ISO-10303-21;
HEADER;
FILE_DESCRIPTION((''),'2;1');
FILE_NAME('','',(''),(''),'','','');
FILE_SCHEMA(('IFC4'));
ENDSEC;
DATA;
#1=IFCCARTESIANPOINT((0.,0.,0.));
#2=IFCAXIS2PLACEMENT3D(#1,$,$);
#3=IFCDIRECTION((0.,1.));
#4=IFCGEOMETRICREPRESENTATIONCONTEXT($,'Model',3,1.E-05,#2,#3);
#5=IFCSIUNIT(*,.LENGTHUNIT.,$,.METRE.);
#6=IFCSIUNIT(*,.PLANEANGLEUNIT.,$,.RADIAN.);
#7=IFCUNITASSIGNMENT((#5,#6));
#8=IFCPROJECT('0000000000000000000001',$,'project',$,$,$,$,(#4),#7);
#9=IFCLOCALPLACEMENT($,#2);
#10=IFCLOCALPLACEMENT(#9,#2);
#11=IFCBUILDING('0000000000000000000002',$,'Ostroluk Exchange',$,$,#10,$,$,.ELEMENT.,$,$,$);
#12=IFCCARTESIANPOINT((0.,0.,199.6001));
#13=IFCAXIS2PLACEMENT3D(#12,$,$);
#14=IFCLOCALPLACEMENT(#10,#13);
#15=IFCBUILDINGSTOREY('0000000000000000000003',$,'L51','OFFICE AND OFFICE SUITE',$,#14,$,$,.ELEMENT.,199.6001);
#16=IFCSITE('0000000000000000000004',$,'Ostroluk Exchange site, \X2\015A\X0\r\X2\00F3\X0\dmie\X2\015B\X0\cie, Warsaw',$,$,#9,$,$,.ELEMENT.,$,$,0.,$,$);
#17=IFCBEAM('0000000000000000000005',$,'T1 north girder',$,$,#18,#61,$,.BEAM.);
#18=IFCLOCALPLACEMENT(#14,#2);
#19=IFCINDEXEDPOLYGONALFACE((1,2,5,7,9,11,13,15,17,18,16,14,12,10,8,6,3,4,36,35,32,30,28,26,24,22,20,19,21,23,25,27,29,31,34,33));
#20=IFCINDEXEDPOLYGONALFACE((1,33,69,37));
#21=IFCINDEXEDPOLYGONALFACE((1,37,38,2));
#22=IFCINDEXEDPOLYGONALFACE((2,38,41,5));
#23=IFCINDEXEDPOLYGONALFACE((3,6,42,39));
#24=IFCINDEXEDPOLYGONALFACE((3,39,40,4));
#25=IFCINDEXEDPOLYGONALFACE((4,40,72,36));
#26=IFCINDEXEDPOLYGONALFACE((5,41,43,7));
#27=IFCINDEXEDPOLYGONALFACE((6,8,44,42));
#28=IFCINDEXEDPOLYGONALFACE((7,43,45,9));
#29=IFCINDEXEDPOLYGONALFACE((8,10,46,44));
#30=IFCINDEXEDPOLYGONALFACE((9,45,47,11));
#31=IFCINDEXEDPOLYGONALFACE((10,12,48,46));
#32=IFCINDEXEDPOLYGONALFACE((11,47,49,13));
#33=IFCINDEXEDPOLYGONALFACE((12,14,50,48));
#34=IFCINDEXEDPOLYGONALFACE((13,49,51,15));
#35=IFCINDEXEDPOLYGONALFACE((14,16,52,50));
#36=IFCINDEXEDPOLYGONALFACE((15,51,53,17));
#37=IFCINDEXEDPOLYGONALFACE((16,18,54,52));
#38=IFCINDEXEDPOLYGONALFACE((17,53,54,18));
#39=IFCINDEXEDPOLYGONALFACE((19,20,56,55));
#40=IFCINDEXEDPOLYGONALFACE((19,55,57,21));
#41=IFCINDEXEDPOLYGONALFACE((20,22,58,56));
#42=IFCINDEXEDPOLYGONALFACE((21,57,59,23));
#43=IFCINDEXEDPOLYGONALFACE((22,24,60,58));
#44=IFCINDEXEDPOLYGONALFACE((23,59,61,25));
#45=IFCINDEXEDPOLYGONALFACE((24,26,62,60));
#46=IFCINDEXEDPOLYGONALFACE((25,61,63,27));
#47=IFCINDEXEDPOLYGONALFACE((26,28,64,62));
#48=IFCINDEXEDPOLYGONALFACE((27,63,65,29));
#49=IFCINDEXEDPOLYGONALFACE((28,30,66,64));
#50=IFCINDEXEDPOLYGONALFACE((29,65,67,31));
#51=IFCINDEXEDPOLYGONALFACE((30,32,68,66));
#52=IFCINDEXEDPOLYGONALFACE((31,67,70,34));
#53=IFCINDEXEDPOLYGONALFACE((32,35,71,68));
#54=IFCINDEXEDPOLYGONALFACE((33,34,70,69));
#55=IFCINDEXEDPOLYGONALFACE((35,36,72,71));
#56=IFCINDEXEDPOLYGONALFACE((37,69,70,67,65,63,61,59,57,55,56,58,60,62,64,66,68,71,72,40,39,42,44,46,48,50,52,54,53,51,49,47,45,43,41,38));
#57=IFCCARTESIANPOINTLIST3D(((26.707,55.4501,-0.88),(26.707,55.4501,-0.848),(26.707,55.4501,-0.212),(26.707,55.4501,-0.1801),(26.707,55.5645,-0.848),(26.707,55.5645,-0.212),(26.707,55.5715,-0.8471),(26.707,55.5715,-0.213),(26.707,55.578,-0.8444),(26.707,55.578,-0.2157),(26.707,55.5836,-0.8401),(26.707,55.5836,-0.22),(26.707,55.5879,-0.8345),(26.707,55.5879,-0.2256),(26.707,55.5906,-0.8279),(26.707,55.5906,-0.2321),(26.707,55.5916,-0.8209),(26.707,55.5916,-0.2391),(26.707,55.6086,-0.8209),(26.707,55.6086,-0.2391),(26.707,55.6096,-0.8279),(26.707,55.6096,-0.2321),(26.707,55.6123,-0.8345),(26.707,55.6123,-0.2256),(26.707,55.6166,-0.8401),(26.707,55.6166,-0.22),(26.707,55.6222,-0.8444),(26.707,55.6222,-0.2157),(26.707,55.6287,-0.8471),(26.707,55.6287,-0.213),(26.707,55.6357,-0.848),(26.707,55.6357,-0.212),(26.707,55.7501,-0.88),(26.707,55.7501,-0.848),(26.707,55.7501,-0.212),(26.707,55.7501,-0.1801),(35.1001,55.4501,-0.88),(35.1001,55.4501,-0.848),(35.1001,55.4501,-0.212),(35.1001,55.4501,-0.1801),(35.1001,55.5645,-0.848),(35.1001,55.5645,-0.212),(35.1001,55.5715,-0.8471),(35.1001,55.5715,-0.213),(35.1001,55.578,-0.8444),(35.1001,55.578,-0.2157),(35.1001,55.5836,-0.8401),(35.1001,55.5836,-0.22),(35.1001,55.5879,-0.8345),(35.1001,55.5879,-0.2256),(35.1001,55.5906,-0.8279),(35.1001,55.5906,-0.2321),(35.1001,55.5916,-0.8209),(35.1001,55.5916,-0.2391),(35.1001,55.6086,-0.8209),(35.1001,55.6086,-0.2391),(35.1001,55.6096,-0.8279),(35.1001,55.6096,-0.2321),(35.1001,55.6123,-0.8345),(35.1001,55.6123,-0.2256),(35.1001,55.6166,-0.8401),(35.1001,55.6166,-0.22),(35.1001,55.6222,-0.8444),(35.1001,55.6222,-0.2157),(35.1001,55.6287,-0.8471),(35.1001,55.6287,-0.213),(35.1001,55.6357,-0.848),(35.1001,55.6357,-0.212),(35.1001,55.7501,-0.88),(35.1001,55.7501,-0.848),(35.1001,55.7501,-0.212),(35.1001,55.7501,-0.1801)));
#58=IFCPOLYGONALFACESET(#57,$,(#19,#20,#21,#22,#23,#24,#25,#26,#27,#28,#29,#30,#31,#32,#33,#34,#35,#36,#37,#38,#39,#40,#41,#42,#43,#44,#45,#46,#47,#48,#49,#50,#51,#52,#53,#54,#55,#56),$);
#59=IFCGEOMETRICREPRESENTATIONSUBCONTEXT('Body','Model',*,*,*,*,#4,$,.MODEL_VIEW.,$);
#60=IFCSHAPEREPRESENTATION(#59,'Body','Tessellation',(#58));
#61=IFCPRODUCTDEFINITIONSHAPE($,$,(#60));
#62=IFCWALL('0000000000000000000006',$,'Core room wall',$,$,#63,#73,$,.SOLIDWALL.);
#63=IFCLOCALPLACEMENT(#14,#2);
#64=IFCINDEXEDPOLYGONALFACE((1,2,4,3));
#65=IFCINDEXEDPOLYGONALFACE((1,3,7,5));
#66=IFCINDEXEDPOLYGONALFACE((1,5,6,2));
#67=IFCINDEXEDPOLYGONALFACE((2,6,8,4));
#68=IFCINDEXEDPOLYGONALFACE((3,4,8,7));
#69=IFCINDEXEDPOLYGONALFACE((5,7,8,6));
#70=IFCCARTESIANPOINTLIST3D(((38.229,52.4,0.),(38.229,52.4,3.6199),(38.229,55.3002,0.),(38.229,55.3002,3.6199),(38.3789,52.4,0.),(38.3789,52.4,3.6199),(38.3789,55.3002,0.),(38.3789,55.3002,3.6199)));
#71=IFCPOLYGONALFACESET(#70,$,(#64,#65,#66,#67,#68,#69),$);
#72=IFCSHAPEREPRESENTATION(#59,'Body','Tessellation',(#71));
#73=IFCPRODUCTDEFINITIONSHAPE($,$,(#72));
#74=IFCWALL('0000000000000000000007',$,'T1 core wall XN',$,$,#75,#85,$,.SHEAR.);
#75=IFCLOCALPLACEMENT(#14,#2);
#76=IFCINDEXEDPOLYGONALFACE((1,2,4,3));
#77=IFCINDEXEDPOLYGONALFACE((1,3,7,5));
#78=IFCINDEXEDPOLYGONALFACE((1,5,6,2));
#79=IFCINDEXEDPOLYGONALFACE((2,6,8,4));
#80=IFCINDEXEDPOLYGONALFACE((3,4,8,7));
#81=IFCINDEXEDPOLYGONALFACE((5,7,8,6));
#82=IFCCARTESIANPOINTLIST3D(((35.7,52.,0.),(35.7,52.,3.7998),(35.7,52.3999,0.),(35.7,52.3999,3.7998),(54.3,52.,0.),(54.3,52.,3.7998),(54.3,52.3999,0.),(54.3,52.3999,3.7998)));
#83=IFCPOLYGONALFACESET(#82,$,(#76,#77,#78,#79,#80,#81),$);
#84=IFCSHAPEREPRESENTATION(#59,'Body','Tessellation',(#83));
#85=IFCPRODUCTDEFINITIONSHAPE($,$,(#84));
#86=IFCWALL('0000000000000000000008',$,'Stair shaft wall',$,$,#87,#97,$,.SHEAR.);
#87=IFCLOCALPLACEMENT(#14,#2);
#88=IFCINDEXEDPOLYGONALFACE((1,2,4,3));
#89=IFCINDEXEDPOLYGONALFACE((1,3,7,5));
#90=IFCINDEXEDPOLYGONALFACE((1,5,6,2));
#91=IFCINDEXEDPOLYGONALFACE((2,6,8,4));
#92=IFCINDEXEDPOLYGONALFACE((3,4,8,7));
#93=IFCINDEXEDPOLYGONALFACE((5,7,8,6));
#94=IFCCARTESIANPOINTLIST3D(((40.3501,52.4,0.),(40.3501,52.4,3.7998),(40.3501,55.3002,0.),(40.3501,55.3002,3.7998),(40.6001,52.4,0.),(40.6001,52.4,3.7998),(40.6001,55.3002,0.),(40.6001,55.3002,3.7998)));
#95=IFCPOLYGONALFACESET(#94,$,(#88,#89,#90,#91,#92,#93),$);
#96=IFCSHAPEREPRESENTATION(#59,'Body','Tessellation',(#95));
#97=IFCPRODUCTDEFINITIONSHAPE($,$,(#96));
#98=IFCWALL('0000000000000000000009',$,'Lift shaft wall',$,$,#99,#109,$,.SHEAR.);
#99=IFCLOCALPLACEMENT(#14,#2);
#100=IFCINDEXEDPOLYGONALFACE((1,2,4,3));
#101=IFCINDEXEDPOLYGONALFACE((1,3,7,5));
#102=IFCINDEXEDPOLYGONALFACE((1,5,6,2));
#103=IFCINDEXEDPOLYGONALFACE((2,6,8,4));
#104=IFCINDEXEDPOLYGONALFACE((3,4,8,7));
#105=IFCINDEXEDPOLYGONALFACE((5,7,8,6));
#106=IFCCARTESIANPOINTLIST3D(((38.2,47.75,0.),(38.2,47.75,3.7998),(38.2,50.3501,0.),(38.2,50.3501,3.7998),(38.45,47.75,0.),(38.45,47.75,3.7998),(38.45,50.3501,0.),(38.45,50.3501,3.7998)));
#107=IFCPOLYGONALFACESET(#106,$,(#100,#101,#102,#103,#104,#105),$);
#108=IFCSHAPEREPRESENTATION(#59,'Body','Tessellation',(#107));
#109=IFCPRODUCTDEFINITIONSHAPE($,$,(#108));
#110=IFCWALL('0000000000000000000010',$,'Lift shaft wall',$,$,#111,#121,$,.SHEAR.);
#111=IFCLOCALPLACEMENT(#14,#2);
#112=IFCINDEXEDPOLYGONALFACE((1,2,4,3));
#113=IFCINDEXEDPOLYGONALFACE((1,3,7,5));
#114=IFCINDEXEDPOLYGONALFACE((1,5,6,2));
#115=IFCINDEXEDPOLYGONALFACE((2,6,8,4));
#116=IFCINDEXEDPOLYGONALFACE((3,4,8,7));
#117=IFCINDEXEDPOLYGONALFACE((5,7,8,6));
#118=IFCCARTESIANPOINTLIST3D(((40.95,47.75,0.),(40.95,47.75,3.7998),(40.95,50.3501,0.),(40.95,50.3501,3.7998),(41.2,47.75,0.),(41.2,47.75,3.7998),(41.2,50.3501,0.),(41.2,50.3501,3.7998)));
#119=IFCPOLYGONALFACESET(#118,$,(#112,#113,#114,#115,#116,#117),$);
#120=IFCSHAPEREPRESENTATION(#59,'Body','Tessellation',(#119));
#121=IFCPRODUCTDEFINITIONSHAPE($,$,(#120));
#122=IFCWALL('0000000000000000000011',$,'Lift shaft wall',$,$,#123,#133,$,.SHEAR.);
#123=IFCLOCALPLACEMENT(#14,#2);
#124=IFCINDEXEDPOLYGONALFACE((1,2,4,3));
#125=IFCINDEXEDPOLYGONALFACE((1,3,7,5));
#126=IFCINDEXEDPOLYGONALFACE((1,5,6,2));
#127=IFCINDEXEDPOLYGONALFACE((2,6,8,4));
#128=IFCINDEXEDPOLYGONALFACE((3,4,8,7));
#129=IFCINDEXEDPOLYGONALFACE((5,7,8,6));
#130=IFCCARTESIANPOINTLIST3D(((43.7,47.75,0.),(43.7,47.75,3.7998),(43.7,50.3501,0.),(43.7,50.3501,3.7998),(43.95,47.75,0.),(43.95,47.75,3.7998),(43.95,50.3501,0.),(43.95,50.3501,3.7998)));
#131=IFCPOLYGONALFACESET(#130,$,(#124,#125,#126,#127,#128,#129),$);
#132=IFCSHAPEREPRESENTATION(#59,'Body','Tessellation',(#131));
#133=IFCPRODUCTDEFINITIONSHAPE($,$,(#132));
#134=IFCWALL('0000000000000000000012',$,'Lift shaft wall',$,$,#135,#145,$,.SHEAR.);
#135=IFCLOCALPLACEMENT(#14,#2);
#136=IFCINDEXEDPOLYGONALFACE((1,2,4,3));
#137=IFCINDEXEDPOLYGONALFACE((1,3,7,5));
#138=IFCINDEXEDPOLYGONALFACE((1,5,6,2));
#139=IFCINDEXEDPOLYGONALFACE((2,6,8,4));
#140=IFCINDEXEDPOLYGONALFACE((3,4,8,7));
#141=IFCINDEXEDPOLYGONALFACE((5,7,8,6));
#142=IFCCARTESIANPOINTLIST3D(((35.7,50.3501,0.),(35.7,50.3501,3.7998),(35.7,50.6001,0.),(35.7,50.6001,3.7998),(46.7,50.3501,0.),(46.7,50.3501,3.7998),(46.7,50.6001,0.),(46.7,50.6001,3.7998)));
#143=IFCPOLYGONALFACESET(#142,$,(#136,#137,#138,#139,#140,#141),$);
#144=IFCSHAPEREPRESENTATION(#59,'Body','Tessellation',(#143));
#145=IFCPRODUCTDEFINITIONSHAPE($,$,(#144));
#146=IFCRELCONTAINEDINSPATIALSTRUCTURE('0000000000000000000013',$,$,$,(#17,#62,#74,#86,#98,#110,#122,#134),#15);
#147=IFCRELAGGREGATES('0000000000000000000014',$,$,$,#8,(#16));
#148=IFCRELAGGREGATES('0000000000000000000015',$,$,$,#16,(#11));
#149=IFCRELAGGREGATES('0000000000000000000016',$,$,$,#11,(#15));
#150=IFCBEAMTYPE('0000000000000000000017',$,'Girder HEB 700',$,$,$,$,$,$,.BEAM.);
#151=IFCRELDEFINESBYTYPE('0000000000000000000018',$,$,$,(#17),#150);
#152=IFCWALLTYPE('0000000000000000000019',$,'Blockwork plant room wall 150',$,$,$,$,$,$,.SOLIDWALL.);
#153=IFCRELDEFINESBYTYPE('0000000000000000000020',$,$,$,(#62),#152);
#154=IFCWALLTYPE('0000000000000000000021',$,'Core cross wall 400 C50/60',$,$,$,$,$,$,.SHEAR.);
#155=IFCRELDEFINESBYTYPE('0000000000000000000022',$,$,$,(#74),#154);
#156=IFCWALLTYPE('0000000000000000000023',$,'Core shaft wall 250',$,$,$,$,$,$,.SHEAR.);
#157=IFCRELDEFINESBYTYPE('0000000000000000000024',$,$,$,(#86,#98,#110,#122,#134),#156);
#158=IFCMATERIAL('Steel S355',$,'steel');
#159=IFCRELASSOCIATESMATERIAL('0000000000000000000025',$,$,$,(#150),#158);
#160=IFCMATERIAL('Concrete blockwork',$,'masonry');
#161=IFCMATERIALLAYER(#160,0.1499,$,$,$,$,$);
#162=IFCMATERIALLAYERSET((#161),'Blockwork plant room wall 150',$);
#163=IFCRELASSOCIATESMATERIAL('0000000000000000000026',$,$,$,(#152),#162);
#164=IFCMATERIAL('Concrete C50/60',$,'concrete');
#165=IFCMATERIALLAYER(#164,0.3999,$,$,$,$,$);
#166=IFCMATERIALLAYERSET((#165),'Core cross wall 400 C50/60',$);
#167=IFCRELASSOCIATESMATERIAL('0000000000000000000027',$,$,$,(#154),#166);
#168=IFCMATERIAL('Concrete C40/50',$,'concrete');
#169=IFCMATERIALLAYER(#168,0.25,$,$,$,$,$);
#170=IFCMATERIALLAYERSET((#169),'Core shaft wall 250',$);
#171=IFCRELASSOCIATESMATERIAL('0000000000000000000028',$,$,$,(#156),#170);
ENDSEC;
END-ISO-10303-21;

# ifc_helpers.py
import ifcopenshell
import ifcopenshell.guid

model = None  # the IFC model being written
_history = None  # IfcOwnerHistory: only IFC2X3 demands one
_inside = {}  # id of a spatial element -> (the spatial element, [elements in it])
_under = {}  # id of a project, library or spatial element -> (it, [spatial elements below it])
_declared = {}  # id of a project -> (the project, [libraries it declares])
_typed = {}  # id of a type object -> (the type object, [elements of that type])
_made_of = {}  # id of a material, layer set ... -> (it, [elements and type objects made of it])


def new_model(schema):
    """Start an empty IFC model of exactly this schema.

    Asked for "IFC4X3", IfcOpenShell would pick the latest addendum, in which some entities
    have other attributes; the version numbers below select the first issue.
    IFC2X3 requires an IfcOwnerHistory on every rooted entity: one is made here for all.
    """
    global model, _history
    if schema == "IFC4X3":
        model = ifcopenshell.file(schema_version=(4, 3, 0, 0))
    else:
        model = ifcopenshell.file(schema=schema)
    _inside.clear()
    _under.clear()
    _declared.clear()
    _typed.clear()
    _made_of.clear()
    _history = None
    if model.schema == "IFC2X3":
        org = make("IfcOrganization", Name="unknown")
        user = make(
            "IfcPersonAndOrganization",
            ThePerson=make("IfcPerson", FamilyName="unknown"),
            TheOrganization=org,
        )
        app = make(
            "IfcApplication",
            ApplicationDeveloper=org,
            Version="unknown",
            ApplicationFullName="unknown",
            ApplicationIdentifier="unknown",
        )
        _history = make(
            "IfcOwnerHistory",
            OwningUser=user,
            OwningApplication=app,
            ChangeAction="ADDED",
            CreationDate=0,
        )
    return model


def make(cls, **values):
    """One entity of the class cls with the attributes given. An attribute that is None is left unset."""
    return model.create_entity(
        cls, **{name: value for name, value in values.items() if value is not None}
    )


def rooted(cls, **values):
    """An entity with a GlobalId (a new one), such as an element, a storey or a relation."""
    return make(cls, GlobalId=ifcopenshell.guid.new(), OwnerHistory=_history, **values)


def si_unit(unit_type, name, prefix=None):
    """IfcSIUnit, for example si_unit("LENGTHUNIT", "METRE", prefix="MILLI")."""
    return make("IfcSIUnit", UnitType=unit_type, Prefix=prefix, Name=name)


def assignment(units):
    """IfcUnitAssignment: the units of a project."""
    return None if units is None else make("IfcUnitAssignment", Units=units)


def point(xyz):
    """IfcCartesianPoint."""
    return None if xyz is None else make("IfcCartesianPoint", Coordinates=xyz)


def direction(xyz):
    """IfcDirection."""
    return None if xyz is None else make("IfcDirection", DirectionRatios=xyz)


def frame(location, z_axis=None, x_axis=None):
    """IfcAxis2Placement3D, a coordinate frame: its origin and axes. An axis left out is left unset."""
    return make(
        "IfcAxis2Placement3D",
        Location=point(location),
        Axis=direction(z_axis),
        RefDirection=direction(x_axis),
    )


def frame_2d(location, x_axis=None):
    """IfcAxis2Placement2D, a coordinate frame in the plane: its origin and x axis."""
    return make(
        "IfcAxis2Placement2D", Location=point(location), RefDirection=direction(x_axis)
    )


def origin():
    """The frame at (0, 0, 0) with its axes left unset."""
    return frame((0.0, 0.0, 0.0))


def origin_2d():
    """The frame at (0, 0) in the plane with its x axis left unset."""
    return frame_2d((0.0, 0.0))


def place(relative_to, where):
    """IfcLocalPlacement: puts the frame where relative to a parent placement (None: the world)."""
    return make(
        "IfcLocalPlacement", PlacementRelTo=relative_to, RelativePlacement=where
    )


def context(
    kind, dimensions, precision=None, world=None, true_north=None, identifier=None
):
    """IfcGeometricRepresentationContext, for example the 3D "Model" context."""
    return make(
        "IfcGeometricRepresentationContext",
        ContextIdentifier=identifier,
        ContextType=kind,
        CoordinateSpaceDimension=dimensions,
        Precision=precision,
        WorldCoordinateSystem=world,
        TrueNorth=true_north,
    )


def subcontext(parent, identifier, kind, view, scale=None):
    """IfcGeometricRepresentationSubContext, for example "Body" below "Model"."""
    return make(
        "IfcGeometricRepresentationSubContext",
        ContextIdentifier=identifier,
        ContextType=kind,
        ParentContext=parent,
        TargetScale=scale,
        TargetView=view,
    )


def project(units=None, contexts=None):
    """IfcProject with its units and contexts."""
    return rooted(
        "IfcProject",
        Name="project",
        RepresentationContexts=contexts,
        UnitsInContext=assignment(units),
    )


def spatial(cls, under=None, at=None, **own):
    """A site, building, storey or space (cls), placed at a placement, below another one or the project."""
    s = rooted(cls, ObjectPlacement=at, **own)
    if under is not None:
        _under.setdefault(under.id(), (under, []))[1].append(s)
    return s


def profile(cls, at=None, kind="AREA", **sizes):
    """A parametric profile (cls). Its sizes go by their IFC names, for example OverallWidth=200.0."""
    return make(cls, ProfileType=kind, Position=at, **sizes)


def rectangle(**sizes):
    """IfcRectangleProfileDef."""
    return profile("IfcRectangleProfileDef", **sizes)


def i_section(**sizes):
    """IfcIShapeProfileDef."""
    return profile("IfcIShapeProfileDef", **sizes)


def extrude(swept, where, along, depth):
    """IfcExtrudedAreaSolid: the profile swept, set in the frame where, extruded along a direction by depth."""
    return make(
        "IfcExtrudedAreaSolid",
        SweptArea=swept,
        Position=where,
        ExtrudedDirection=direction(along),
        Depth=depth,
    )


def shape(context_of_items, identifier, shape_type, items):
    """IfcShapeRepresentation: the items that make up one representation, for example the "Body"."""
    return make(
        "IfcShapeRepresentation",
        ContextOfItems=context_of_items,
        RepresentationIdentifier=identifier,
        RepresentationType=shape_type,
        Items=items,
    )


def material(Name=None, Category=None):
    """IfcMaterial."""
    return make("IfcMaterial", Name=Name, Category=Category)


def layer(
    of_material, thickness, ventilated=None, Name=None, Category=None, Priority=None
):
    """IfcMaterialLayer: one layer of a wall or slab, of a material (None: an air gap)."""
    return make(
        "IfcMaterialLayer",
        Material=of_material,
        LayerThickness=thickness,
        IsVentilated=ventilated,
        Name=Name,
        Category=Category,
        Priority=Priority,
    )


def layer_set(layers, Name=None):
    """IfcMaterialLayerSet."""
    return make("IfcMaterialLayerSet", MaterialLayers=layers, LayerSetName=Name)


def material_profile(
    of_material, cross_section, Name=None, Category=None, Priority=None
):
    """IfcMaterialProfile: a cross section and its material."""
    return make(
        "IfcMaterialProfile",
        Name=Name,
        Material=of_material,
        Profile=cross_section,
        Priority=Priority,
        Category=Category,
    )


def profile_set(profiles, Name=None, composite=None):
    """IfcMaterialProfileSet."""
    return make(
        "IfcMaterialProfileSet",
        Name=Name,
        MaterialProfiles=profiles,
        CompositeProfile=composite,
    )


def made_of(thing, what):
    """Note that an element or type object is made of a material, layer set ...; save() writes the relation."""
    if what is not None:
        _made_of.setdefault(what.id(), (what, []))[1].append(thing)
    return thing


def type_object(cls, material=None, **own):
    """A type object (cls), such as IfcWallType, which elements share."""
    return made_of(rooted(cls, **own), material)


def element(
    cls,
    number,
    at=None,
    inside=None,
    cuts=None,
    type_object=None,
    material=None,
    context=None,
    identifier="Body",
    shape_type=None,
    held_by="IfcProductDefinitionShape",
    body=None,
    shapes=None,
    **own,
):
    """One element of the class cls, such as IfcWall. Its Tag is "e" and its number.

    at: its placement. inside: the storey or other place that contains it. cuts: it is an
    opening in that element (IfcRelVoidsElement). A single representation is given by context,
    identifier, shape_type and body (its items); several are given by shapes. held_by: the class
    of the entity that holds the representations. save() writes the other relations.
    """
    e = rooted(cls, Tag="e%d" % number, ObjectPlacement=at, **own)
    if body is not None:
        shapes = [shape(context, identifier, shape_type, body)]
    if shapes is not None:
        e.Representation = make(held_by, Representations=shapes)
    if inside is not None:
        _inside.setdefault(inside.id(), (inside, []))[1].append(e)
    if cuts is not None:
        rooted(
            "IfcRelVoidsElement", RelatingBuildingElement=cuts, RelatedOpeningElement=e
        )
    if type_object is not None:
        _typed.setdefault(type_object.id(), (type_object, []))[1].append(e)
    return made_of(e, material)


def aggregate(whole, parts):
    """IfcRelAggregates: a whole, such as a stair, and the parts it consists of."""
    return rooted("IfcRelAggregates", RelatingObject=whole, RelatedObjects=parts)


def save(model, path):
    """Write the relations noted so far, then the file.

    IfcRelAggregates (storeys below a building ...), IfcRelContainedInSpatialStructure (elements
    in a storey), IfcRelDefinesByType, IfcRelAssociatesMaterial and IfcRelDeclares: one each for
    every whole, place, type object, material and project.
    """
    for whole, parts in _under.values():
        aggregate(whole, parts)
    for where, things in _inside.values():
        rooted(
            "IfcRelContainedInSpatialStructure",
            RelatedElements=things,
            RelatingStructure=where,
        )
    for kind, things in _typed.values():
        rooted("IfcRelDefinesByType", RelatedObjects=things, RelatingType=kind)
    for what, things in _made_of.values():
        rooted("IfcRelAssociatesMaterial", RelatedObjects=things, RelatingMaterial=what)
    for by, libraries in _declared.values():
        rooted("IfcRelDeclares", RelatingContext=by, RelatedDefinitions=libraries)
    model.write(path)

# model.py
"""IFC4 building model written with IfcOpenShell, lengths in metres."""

from ifc_helpers import new_model, si_unit, direction, frame, frame_2d, origin, origin_2d, place, context, subcontext, project, spatial, rectangle, i_section, extrude, material, layer, layer_set, material_profile, profile_set, type_object, element, save


model = new_model("IFC4")

# Units and contexts
model_context = context("Model", 3, precision=1e-05, world=origin(), true_north=direction((0.0, 1.0)))
body_context = subcontext(model_context, "Body", "Model", "MODEL_VIEW")
ifc_project = project(units=[si_unit("LENGTHUNIT", "METRE"), si_unit("PLANEANGLEUNIT", "RADIAN")], contexts=[model_context])

# Site, building, storey
site_placement = place(None, origin())
site = spatial("IfcSite", under=ifc_project, at=site_placement, Name="Ostroluk Exchange site, Śródmieście, Warsaw", CompositionType="ELEMENT", RefElevation=0.0)
building_placement = place(site_placement, origin())
building = spatial("IfcBuilding", under=site, at=building_placement, Name="Ostroluk Exchange", CompositionType="ELEMENT")
storey_placement = place(building_placement, frame((0.0, 0.0, 199.6001)))
storey = spatial("IfcBuildingStorey", under=building, at=storey_placement, Name="L51", Description="OFFICE AND OFFICE SUITE", CompositionType="ELEMENT", Elevation=199.6001)

# Beam
ifc_material_1 = material(Name="Steel S355", Category="steel")
ifc_material_profile_1 = material_profile(ifc_material_1, i_section(OverallWidth=0.3, OverallDepth=0.7, WebThickness=0.0171, FlangeThickness=0.032, FilletRadius=0.0271, at=origin_2d()), Name="HEB 700")
ifc_profile_set_1 = profile_set([ifc_material_profile_1], Name="Steel S355")
beam_type_1 = type_object("IfcBeamType", Name="Girder HEB 700", PredefinedType="BEAM", material=ifc_profile_set_1)
beam_1_placement = place(storey_placement, frame((35.1001, 55.6001, -0.53), z_axis=(-1.0, 0.0, 0.0), x_axis=(0.0, -1.0, 0.0)))
element("IfcBeam", 1, at=beam_1_placement, inside=storey, type_object=beam_type_1, Name="T1 north girder", PredefinedType="BEAM", context=body_context, shape_type="SweptSolid", body=[
    extrude(i_section(OverallWidth=0.3, OverallDepth=0.7, WebThickness=0.0171, FlangeThickness=0.032, FilletRadius=0.0271, at=origin_2d()), origin(), (0.0, 0.0, 1.0), 8.3931),
])

# Walls
ifc_material_2 = material(Name="Concrete blockwork", Category="masonry")
ifc_layer_1 = layer(ifc_material_2, 0.1499)
ifc_layer_set_1 = layer_set([ifc_layer_1], Name="Blockwork plant room wall 150")
wall_type_1 = type_object("IfcWallType", Name="Blockwork plant room wall 150", PredefinedType="SOLIDWALL", material=ifc_layer_set_1)
wall_1_placement = place(storey_placement, frame((38.304, 52.3999, 0.0), z_axis=(0.0, 0.0, 1.0), x_axis=(0.0, 1.0, 0.0)))
element("IfcWall", 2, at=wall_1_placement, inside=storey, type_object=wall_type_1, Name="Core room wall", PredefinedType="SOLIDWALL", context=body_context, shape_type="SweptSolid", body=[
    extrude(rectangle(XDim=2.9001, YDim=0.1499, at=frame_2d((1.4502, 0.0))), origin(), (0.0, 0.0, 1.0), 3.6199),
])
ifc_material_3 = material(Name="Concrete C50/60", Category="concrete")
ifc_layer_2 = layer(ifc_material_3, 0.3999)
ifc_layer_set_2 = layer_set([ifc_layer_2], Name="Core cross wall 400 C50/60")
wall_type_2 = type_object("IfcWallType", Name="Core cross wall 400 C50/60", PredefinedType="SHEAR", material=ifc_layer_set_2)
wall_2_placement = place(storey_placement, frame((35.7, 52.2, 0.0), z_axis=(0.0, 0.0, 1.0), x_axis=(1.0, 0.0, 0.0)))
element("IfcWall", 3, at=wall_2_placement, inside=storey, type_object=wall_type_2, Name="T1 core wall XN", PredefinedType="SHEAR", context=body_context, shape_type="SweptSolid", body=[
    extrude(rectangle(XDim=18.6001, YDim=0.3999, at=frame_2d((9.3, 0.0))), origin(), (0.0, 0.0, 1.0), 3.7998),
])
ifc_material_4 = material(Name="Concrete C40/50", Category="concrete")
ifc_layer_3 = layer(ifc_material_4, 0.25)
ifc_layer_set_3 = layer_set([ifc_layer_3], Name="Core shaft wall 250")
wall_type_3 = type_object("IfcWallType", Name="Core shaft wall 250", PredefinedType="SHEAR", material=ifc_layer_set_3)
wall_3_placement = place(storey_placement, frame((40.4751, 52.3999, 0.0), z_axis=(0.0, 0.0, 1.0), x_axis=(0.0, 1.0, 0.0)))
element("IfcWall", 4, at=wall_3_placement, inside=storey, type_object=wall_type_3, Name="Stair shaft wall", PredefinedType="SHEAR", context=body_context, shape_type="SweptSolid", body=[
    extrude(rectangle(XDim=2.9001, YDim=0.25, at=frame_2d((1.4502, 0.0))), origin(), (0.0, 0.0, 1.0), 3.7998),
])
for number, where, z_axis, x_axis, name in (
    (5, (38.325, 47.75, 0.0), (0.0, 0.0, 1.0), (0.0, 1.0, 0.0), "Lift shaft wall"),
    (6, (41.075, 47.75, 0.0), (0.0, 0.0, 1.0), (0.0, 1.0, 0.0), "Lift shaft wall"),
    (7, (43.825, 47.75, 0.0), (0.0, 0.0, 1.0), (0.0, 1.0, 0.0), "Lift shaft wall"),
):
    element("IfcWall", number, at=place(storey_placement, frame(where, z_axis=z_axis, x_axis=x_axis)), inside=storey, type_object=wall_type_3, Name=name, PredefinedType="SHEAR", context=body_context, shape_type="SweptSolid", body=[
        extrude(rectangle(XDim=2.6001, YDim=0.25, at=frame_2d((1.3, 0.0))), origin(), (0.0, 0.0, 1.0), 3.7998),
    ])
wall_4_placement = place(storey_placement, frame((35.7, 50.4751, 0.0), z_axis=(0.0, 0.0, 1.0), x_axis=(1.0, 0.0, 0.0)))
element("IfcWall", 8, at=wall_4_placement, inside=storey, type_object=wall_type_3, Name="Lift shaft wall", PredefinedType="SHEAR", context=body_context, shape_type="SweptSolid", body=[
    extrude(rectangle(XDim=11.0, YDim=0.25, at=frame_2d((5.5, 0.0))), origin(), (0.0, 0.0, 1.0), 3.7998),
])

save(model, "model.ifc")
